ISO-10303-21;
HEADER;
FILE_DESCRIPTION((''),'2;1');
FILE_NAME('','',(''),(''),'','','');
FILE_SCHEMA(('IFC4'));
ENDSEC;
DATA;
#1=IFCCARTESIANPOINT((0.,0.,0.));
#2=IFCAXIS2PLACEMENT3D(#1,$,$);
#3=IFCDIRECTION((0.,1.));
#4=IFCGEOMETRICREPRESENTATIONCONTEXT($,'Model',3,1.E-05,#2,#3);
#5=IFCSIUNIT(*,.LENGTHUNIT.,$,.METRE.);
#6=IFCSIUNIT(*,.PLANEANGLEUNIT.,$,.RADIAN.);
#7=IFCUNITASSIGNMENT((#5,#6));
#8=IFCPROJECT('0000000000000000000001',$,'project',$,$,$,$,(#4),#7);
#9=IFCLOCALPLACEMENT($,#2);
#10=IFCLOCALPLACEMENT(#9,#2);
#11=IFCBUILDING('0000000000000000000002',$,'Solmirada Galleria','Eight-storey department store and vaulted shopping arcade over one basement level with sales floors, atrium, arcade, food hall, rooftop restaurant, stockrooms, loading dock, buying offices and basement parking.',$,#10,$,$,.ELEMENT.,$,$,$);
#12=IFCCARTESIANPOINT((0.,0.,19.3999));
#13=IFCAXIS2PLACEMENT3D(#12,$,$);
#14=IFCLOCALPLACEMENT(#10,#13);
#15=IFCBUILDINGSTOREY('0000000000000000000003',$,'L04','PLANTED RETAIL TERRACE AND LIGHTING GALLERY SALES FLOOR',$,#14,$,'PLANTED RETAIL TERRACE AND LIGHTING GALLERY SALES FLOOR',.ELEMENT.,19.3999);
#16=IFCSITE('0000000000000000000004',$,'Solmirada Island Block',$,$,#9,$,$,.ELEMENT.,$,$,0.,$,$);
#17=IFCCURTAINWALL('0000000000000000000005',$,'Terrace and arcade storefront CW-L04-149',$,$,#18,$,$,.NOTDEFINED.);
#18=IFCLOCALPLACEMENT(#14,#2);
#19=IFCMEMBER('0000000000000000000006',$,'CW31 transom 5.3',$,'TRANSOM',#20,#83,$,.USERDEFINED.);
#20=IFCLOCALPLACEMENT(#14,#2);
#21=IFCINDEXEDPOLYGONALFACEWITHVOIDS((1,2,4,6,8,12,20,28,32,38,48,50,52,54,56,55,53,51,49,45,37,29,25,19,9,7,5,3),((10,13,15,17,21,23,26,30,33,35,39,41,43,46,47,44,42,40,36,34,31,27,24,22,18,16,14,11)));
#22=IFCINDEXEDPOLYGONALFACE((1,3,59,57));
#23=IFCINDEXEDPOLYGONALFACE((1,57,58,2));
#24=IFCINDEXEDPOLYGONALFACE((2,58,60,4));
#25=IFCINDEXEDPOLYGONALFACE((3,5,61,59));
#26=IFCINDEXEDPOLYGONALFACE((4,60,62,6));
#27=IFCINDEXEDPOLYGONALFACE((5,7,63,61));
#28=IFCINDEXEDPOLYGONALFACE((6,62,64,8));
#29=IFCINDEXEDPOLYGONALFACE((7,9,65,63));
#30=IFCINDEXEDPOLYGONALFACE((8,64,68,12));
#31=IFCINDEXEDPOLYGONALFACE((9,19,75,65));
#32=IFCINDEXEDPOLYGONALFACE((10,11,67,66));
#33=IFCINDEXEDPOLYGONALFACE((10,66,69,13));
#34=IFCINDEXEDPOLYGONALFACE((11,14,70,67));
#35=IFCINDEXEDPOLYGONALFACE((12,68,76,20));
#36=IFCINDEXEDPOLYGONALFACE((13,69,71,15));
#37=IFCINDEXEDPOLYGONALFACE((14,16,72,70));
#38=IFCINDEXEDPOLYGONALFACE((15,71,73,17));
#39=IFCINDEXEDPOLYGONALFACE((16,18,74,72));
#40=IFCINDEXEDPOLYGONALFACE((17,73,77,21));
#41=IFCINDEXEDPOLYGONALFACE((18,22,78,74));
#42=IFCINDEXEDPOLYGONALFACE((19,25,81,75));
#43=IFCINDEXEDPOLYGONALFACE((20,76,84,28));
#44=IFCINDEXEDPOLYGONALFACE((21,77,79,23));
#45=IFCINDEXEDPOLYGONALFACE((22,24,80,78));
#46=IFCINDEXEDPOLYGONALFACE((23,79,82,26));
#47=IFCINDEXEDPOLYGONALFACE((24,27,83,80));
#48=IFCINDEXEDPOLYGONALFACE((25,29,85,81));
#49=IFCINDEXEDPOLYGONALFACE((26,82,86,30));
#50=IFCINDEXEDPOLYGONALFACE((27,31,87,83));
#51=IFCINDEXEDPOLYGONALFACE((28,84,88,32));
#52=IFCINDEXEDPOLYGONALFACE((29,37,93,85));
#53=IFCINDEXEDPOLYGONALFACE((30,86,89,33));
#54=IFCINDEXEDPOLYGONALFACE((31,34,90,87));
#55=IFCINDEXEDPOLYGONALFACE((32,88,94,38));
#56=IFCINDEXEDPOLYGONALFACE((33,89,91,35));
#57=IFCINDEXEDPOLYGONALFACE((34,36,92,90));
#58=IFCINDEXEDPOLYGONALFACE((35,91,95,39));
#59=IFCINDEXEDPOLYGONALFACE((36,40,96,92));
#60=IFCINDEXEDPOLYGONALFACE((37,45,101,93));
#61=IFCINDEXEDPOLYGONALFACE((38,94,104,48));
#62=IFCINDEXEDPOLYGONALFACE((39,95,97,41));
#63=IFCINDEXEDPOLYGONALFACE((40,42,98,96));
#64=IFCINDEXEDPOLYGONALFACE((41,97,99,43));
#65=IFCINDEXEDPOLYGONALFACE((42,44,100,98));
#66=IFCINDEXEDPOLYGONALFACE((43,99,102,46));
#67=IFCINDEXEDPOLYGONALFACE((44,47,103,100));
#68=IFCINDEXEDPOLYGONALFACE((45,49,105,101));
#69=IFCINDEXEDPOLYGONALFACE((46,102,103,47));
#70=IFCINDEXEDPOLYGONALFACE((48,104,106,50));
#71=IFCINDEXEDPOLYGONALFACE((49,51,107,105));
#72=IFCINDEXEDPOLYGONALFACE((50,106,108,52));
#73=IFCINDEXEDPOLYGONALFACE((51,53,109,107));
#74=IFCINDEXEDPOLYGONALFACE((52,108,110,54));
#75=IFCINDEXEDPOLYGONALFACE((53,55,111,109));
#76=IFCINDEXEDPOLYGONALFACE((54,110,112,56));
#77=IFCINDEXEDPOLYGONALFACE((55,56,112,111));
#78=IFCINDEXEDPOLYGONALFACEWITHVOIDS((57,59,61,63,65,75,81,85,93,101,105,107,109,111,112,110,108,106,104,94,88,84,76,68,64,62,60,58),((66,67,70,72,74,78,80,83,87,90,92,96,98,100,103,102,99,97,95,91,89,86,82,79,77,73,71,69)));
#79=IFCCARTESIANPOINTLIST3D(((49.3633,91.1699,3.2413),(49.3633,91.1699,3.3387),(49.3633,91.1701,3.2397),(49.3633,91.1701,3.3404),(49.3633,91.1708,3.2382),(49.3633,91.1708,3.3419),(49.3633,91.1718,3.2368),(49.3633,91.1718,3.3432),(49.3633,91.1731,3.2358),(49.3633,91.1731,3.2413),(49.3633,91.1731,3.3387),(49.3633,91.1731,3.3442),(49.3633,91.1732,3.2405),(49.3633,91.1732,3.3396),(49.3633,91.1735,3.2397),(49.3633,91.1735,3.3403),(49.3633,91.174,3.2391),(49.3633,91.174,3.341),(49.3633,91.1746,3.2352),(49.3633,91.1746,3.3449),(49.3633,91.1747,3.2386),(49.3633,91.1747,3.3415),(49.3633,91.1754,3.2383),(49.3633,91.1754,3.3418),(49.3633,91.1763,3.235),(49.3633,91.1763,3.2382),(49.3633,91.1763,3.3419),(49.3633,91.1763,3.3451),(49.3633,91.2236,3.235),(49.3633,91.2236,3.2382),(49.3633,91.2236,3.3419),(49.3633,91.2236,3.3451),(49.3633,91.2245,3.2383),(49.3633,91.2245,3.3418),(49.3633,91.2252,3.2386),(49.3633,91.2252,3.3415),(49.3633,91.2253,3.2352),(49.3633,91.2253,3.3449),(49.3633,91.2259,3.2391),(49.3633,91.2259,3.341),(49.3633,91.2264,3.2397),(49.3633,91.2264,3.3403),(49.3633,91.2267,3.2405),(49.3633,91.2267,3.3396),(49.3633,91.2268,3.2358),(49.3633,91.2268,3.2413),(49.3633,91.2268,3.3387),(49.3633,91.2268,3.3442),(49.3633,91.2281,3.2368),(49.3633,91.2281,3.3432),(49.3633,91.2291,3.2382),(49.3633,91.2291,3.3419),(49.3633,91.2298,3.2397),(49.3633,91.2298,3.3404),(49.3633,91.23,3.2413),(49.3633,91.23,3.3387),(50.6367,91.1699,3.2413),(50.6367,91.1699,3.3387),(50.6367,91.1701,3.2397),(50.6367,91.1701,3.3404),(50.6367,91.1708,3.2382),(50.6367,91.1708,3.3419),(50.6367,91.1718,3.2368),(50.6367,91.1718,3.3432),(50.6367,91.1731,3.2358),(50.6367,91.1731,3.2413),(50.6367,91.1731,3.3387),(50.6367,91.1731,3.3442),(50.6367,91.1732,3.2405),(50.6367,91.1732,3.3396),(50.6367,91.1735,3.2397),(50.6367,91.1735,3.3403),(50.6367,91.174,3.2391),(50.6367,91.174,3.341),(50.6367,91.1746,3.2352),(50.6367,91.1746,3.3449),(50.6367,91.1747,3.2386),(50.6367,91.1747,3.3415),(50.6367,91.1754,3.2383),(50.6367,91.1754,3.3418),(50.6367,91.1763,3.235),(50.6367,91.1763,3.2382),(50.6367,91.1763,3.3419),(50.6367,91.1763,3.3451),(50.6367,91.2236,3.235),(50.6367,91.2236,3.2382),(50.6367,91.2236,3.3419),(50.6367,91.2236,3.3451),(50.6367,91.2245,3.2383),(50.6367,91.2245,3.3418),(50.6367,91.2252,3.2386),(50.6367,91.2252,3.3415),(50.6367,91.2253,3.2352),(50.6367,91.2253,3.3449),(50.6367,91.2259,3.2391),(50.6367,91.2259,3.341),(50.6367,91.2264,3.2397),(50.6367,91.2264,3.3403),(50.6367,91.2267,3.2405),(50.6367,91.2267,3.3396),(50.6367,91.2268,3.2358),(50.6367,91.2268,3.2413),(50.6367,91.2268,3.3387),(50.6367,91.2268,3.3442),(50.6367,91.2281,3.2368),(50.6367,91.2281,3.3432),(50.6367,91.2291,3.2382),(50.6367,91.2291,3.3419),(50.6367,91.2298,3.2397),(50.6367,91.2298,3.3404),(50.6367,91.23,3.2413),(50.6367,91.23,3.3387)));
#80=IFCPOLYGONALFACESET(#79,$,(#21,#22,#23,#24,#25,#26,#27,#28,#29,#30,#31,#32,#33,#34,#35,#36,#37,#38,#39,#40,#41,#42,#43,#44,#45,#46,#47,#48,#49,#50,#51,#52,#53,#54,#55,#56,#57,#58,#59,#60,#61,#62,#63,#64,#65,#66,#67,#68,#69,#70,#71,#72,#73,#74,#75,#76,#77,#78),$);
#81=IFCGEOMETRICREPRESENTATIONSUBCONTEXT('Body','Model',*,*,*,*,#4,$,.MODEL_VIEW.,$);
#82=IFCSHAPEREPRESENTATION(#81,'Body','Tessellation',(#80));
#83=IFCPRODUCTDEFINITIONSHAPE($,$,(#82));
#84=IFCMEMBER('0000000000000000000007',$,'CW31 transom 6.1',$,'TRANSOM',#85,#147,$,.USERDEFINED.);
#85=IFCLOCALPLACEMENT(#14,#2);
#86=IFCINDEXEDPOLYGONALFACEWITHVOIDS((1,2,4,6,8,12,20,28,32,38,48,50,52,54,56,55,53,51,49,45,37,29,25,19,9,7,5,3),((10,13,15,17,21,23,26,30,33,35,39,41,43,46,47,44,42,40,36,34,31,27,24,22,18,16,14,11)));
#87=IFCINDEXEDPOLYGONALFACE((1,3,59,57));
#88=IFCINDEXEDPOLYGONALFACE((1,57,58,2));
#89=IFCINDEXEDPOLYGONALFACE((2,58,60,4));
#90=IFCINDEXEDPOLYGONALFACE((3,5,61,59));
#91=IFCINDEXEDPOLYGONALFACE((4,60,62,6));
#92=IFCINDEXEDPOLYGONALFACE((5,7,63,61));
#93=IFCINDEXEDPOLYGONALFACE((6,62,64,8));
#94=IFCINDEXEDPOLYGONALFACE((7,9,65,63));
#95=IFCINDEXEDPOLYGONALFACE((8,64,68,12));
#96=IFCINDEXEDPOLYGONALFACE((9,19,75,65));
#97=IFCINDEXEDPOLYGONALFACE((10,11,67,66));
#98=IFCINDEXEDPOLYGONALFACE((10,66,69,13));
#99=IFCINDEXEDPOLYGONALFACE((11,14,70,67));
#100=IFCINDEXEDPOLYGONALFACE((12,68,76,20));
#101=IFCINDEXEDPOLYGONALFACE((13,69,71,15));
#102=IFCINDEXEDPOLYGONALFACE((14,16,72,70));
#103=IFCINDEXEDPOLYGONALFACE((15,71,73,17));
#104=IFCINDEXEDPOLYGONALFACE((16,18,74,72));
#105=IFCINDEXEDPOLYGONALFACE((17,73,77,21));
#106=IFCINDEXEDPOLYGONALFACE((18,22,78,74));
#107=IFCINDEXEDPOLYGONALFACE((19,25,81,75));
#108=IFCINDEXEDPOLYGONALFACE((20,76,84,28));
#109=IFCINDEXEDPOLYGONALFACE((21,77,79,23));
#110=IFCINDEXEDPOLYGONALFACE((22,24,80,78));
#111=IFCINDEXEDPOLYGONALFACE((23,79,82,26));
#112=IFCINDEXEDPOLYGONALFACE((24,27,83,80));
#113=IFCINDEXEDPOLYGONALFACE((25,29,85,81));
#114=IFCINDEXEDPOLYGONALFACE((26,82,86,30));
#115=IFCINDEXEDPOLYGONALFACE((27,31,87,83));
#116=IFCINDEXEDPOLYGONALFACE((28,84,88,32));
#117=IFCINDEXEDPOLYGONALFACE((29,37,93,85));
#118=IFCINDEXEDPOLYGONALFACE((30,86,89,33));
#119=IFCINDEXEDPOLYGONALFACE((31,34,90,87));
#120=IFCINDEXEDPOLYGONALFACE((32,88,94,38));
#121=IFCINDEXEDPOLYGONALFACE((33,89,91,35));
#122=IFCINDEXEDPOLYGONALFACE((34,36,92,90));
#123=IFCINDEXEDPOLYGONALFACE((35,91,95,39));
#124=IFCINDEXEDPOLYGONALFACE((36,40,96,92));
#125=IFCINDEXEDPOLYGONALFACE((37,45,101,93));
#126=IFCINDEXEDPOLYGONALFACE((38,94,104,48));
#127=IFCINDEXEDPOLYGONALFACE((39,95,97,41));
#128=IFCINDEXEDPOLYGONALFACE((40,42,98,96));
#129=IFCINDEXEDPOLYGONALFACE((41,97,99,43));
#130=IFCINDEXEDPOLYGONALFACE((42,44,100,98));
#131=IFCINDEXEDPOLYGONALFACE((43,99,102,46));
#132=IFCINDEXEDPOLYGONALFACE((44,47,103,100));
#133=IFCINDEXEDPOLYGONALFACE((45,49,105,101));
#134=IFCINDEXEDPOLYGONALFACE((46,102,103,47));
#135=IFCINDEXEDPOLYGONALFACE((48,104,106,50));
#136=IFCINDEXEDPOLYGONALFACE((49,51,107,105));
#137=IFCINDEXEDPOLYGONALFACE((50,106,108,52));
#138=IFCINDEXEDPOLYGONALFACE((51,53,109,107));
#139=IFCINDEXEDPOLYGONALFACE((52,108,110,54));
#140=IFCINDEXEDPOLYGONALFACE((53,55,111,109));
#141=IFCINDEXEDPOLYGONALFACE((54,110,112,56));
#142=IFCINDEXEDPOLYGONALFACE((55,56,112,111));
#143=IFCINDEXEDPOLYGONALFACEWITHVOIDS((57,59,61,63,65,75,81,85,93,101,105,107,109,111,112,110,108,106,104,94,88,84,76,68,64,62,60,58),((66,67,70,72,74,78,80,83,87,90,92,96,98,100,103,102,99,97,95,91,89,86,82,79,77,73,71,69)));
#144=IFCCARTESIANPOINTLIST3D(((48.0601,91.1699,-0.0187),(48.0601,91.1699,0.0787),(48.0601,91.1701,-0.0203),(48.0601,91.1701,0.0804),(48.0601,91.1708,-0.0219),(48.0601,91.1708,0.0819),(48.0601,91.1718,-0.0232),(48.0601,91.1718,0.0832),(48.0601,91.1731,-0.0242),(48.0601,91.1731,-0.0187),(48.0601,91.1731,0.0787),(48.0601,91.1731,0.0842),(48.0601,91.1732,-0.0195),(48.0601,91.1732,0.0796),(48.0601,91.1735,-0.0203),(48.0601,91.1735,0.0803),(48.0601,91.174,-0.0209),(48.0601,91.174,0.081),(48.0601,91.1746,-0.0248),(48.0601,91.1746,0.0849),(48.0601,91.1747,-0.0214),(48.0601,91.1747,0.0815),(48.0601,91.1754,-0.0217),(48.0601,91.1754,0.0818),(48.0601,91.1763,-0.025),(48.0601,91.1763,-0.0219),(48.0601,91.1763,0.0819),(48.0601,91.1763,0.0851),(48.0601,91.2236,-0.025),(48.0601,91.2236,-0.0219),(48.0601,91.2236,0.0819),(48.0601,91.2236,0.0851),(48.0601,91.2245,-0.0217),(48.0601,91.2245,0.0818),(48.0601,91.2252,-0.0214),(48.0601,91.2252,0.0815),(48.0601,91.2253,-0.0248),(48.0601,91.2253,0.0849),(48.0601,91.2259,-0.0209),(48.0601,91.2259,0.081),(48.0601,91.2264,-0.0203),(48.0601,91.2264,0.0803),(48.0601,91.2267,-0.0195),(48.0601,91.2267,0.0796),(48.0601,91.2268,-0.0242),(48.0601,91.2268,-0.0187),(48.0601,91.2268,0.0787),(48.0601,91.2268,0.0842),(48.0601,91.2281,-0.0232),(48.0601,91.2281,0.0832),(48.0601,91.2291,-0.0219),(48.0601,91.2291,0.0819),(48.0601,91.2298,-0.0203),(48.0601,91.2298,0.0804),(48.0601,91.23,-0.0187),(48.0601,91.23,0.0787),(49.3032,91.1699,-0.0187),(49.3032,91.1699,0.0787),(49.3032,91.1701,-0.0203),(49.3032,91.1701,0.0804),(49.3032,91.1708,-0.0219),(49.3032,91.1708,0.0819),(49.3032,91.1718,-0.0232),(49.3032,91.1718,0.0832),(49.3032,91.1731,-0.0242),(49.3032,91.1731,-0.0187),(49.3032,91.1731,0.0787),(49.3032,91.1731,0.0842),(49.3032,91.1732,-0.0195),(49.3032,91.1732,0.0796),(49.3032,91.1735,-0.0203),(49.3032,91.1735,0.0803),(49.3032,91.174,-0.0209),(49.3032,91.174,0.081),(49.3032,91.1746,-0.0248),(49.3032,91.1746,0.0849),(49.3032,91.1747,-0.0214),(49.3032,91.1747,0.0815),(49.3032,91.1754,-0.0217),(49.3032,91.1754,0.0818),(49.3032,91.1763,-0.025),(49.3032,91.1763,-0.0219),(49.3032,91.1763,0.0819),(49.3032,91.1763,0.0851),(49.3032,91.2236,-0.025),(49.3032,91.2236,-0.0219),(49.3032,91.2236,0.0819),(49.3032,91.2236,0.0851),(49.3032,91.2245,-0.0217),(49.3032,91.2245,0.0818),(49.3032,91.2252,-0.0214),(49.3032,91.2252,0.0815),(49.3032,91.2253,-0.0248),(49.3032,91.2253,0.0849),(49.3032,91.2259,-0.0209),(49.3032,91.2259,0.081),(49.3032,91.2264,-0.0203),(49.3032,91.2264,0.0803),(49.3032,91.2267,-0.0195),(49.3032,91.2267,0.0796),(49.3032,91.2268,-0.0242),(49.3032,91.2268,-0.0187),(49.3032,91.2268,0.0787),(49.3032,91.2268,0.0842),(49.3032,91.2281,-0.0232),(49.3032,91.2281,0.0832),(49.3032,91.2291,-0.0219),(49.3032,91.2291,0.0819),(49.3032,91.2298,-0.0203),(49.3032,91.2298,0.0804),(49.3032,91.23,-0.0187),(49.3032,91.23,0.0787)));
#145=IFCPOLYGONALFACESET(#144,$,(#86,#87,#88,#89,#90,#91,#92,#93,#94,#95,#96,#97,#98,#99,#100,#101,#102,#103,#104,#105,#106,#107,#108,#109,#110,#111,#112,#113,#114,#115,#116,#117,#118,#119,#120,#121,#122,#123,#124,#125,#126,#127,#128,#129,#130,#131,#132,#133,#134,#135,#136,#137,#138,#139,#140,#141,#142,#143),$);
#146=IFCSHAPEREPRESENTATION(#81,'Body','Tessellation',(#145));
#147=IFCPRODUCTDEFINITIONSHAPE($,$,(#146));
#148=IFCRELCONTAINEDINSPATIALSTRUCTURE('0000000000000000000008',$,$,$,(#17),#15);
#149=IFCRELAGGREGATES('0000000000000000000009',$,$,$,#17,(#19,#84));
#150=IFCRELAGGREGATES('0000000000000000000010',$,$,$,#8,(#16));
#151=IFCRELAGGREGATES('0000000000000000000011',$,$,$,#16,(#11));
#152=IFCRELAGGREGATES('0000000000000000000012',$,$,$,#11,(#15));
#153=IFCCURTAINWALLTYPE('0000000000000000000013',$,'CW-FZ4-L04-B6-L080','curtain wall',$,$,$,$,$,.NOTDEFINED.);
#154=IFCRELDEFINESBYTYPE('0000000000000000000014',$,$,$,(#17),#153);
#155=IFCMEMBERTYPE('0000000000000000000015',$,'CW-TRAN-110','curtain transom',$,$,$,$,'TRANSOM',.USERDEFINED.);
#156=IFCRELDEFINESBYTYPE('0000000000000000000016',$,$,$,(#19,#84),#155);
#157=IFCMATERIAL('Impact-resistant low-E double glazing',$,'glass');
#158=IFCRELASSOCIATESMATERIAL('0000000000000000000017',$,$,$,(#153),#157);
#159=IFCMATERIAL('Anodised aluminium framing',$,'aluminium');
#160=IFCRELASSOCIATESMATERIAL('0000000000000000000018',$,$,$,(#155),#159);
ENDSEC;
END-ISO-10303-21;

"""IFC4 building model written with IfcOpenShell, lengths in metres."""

from ifc_helpers import new_model, si_unit, direction, frame, origin, origin_2d, place, context, subcontext, project, spatial, hollow_rectangle, extrude, material, material_profile, profile_set, type_object, element, aggregate, save


model = new_model("IFC4")

# Units and contexts
model_context = context("Model", 3, precision=1e-05, world=origin(), true_north=direction((0.0, 1.0)))
body_context = subcontext(model_context, "Body", "Model", "MODEL_VIEW")
ifc_project = project(units=[si_unit("LENGTHUNIT", "METRE"), si_unit("PLANEANGLEUNIT", "RADIAN")], contexts=[model_context])

# Site, building, storey
site_placement = place(None, origin())
site = spatial("IfcSite", under=ifc_project, at=site_placement, Name="Solmirada Island Block", CompositionType="ELEMENT", RefElevation=0.0)
building_placement = place(site_placement, origin())
building = spatial("IfcBuilding", under=site, at=building_placement, Name="Solmirada Galleria", Description="Eight-storey department store and vaulted shopping arcade over one basement level with sales floors, atrium, arcade, food hall, rooftop restaurant, stockrooms, loading dock, buying offices and basement parking.", CompositionType="ELEMENT")
storey_placement = place(building_placement, frame((0.0, 0.0, 19.3999)))
storey = spatial("IfcBuildingStorey", under=building, at=storey_placement, Name="L04", Description="PLANTED RETAIL TERRACE AND LIGHTING GALLERY SALES FLOOR", LongName="PLANTED RETAIL TERRACE AND LIGHTING GALLERY SALES FLOOR", CompositionType="ELEMENT", Elevation=19.3999)

# Curtain wall
ifc_material_1 = material(Name="Impact-resistant low-E double glazing", Category="glass")
curtain_wall_type = type_object("IfcCurtainWallType", Name="CW-FZ4-L04-B6-L080", Description="curtain wall", PredefinedType="NOTDEFINED", material=ifc_material_1)
curtain_wall_1_placement = place(storey_placement, origin())
curtain_wall_1 = element("IfcCurtainWall", 1, at=curtain_wall_1_placement, inside=storey, type_object=curtain_wall_type, Name="Terrace and arcade storefront CW-L04-149", PredefinedType="NOTDEFINED")
ifc_material_2 = material(Name="Anodised aluminium framing", Category="aluminium")

# Members
ifc_material_profile_1 = material_profile(ifc_material_2, hollow_rectangle(XDim=0.0601, YDim=0.1101, WallThickness=0.0032, InnerFilletRadius=0.0032, OuterFilletRadius=0.0063, at=origin_2d()), Name="ALU-TRAN-110X60")
ifc_profile_set_1 = profile_set([ifc_material_profile_1], Name="Anodised aluminium framing")
member_type_1 = type_object("IfcMemberType", Name="CW-TRAN-110", Description="curtain transom", ElementType="TRANSOM", PredefinedType="USERDEFINED", material=ifc_profile_set_1)
member_1_placement = place(storey_placement, frame((50.6367, 91.2, 3.29), z_axis=(-1.0, 0.0, 0.0), x_axis=(0.0, -1.0, 0.0)))
member_1 = element("IfcMember", 2, at=member_1_placement, type_object=member_type_1, Name="CW31 transom 5.3", ObjectType="TRANSOM", PredefinedType="USERDEFINED", context=body_context, shape_type="SweptSolid", body=[
    extrude(hollow_rectangle(XDim=0.0601, YDim=0.1101, WallThickness=0.0032, InnerFilletRadius=0.0032, OuterFilletRadius=0.0063, at=origin_2d()), origin(), (0.0, 0.0, 1.0), 1.2734),
])
member_2_placement = place(storey_placement, frame((49.3032, 91.2, 0.03), z_axis=(-1.0, 0.0, 0.0), x_axis=(0.0, -1.0, 0.0)))
member_2 = element("IfcMember", 3, at=member_2_placement, type_object=member_type_1, Name="CW31 transom 6.1", ObjectType="TRANSOM", PredefinedType="USERDEFINED", context=body_context, shape_type="SweptSolid", body=[
    extrude(hollow_rectangle(XDim=0.0601, YDim=0.1101, WallThickness=0.0032, InnerFilletRadius=0.0032, OuterFilletRadius=0.0063, at=origin_2d()), origin(), (0.0, 0.0, 1.0), 1.2432),
])

aggregate(curtain_wall_1, [member_1, member_2])

save(model, "model.ifc")
